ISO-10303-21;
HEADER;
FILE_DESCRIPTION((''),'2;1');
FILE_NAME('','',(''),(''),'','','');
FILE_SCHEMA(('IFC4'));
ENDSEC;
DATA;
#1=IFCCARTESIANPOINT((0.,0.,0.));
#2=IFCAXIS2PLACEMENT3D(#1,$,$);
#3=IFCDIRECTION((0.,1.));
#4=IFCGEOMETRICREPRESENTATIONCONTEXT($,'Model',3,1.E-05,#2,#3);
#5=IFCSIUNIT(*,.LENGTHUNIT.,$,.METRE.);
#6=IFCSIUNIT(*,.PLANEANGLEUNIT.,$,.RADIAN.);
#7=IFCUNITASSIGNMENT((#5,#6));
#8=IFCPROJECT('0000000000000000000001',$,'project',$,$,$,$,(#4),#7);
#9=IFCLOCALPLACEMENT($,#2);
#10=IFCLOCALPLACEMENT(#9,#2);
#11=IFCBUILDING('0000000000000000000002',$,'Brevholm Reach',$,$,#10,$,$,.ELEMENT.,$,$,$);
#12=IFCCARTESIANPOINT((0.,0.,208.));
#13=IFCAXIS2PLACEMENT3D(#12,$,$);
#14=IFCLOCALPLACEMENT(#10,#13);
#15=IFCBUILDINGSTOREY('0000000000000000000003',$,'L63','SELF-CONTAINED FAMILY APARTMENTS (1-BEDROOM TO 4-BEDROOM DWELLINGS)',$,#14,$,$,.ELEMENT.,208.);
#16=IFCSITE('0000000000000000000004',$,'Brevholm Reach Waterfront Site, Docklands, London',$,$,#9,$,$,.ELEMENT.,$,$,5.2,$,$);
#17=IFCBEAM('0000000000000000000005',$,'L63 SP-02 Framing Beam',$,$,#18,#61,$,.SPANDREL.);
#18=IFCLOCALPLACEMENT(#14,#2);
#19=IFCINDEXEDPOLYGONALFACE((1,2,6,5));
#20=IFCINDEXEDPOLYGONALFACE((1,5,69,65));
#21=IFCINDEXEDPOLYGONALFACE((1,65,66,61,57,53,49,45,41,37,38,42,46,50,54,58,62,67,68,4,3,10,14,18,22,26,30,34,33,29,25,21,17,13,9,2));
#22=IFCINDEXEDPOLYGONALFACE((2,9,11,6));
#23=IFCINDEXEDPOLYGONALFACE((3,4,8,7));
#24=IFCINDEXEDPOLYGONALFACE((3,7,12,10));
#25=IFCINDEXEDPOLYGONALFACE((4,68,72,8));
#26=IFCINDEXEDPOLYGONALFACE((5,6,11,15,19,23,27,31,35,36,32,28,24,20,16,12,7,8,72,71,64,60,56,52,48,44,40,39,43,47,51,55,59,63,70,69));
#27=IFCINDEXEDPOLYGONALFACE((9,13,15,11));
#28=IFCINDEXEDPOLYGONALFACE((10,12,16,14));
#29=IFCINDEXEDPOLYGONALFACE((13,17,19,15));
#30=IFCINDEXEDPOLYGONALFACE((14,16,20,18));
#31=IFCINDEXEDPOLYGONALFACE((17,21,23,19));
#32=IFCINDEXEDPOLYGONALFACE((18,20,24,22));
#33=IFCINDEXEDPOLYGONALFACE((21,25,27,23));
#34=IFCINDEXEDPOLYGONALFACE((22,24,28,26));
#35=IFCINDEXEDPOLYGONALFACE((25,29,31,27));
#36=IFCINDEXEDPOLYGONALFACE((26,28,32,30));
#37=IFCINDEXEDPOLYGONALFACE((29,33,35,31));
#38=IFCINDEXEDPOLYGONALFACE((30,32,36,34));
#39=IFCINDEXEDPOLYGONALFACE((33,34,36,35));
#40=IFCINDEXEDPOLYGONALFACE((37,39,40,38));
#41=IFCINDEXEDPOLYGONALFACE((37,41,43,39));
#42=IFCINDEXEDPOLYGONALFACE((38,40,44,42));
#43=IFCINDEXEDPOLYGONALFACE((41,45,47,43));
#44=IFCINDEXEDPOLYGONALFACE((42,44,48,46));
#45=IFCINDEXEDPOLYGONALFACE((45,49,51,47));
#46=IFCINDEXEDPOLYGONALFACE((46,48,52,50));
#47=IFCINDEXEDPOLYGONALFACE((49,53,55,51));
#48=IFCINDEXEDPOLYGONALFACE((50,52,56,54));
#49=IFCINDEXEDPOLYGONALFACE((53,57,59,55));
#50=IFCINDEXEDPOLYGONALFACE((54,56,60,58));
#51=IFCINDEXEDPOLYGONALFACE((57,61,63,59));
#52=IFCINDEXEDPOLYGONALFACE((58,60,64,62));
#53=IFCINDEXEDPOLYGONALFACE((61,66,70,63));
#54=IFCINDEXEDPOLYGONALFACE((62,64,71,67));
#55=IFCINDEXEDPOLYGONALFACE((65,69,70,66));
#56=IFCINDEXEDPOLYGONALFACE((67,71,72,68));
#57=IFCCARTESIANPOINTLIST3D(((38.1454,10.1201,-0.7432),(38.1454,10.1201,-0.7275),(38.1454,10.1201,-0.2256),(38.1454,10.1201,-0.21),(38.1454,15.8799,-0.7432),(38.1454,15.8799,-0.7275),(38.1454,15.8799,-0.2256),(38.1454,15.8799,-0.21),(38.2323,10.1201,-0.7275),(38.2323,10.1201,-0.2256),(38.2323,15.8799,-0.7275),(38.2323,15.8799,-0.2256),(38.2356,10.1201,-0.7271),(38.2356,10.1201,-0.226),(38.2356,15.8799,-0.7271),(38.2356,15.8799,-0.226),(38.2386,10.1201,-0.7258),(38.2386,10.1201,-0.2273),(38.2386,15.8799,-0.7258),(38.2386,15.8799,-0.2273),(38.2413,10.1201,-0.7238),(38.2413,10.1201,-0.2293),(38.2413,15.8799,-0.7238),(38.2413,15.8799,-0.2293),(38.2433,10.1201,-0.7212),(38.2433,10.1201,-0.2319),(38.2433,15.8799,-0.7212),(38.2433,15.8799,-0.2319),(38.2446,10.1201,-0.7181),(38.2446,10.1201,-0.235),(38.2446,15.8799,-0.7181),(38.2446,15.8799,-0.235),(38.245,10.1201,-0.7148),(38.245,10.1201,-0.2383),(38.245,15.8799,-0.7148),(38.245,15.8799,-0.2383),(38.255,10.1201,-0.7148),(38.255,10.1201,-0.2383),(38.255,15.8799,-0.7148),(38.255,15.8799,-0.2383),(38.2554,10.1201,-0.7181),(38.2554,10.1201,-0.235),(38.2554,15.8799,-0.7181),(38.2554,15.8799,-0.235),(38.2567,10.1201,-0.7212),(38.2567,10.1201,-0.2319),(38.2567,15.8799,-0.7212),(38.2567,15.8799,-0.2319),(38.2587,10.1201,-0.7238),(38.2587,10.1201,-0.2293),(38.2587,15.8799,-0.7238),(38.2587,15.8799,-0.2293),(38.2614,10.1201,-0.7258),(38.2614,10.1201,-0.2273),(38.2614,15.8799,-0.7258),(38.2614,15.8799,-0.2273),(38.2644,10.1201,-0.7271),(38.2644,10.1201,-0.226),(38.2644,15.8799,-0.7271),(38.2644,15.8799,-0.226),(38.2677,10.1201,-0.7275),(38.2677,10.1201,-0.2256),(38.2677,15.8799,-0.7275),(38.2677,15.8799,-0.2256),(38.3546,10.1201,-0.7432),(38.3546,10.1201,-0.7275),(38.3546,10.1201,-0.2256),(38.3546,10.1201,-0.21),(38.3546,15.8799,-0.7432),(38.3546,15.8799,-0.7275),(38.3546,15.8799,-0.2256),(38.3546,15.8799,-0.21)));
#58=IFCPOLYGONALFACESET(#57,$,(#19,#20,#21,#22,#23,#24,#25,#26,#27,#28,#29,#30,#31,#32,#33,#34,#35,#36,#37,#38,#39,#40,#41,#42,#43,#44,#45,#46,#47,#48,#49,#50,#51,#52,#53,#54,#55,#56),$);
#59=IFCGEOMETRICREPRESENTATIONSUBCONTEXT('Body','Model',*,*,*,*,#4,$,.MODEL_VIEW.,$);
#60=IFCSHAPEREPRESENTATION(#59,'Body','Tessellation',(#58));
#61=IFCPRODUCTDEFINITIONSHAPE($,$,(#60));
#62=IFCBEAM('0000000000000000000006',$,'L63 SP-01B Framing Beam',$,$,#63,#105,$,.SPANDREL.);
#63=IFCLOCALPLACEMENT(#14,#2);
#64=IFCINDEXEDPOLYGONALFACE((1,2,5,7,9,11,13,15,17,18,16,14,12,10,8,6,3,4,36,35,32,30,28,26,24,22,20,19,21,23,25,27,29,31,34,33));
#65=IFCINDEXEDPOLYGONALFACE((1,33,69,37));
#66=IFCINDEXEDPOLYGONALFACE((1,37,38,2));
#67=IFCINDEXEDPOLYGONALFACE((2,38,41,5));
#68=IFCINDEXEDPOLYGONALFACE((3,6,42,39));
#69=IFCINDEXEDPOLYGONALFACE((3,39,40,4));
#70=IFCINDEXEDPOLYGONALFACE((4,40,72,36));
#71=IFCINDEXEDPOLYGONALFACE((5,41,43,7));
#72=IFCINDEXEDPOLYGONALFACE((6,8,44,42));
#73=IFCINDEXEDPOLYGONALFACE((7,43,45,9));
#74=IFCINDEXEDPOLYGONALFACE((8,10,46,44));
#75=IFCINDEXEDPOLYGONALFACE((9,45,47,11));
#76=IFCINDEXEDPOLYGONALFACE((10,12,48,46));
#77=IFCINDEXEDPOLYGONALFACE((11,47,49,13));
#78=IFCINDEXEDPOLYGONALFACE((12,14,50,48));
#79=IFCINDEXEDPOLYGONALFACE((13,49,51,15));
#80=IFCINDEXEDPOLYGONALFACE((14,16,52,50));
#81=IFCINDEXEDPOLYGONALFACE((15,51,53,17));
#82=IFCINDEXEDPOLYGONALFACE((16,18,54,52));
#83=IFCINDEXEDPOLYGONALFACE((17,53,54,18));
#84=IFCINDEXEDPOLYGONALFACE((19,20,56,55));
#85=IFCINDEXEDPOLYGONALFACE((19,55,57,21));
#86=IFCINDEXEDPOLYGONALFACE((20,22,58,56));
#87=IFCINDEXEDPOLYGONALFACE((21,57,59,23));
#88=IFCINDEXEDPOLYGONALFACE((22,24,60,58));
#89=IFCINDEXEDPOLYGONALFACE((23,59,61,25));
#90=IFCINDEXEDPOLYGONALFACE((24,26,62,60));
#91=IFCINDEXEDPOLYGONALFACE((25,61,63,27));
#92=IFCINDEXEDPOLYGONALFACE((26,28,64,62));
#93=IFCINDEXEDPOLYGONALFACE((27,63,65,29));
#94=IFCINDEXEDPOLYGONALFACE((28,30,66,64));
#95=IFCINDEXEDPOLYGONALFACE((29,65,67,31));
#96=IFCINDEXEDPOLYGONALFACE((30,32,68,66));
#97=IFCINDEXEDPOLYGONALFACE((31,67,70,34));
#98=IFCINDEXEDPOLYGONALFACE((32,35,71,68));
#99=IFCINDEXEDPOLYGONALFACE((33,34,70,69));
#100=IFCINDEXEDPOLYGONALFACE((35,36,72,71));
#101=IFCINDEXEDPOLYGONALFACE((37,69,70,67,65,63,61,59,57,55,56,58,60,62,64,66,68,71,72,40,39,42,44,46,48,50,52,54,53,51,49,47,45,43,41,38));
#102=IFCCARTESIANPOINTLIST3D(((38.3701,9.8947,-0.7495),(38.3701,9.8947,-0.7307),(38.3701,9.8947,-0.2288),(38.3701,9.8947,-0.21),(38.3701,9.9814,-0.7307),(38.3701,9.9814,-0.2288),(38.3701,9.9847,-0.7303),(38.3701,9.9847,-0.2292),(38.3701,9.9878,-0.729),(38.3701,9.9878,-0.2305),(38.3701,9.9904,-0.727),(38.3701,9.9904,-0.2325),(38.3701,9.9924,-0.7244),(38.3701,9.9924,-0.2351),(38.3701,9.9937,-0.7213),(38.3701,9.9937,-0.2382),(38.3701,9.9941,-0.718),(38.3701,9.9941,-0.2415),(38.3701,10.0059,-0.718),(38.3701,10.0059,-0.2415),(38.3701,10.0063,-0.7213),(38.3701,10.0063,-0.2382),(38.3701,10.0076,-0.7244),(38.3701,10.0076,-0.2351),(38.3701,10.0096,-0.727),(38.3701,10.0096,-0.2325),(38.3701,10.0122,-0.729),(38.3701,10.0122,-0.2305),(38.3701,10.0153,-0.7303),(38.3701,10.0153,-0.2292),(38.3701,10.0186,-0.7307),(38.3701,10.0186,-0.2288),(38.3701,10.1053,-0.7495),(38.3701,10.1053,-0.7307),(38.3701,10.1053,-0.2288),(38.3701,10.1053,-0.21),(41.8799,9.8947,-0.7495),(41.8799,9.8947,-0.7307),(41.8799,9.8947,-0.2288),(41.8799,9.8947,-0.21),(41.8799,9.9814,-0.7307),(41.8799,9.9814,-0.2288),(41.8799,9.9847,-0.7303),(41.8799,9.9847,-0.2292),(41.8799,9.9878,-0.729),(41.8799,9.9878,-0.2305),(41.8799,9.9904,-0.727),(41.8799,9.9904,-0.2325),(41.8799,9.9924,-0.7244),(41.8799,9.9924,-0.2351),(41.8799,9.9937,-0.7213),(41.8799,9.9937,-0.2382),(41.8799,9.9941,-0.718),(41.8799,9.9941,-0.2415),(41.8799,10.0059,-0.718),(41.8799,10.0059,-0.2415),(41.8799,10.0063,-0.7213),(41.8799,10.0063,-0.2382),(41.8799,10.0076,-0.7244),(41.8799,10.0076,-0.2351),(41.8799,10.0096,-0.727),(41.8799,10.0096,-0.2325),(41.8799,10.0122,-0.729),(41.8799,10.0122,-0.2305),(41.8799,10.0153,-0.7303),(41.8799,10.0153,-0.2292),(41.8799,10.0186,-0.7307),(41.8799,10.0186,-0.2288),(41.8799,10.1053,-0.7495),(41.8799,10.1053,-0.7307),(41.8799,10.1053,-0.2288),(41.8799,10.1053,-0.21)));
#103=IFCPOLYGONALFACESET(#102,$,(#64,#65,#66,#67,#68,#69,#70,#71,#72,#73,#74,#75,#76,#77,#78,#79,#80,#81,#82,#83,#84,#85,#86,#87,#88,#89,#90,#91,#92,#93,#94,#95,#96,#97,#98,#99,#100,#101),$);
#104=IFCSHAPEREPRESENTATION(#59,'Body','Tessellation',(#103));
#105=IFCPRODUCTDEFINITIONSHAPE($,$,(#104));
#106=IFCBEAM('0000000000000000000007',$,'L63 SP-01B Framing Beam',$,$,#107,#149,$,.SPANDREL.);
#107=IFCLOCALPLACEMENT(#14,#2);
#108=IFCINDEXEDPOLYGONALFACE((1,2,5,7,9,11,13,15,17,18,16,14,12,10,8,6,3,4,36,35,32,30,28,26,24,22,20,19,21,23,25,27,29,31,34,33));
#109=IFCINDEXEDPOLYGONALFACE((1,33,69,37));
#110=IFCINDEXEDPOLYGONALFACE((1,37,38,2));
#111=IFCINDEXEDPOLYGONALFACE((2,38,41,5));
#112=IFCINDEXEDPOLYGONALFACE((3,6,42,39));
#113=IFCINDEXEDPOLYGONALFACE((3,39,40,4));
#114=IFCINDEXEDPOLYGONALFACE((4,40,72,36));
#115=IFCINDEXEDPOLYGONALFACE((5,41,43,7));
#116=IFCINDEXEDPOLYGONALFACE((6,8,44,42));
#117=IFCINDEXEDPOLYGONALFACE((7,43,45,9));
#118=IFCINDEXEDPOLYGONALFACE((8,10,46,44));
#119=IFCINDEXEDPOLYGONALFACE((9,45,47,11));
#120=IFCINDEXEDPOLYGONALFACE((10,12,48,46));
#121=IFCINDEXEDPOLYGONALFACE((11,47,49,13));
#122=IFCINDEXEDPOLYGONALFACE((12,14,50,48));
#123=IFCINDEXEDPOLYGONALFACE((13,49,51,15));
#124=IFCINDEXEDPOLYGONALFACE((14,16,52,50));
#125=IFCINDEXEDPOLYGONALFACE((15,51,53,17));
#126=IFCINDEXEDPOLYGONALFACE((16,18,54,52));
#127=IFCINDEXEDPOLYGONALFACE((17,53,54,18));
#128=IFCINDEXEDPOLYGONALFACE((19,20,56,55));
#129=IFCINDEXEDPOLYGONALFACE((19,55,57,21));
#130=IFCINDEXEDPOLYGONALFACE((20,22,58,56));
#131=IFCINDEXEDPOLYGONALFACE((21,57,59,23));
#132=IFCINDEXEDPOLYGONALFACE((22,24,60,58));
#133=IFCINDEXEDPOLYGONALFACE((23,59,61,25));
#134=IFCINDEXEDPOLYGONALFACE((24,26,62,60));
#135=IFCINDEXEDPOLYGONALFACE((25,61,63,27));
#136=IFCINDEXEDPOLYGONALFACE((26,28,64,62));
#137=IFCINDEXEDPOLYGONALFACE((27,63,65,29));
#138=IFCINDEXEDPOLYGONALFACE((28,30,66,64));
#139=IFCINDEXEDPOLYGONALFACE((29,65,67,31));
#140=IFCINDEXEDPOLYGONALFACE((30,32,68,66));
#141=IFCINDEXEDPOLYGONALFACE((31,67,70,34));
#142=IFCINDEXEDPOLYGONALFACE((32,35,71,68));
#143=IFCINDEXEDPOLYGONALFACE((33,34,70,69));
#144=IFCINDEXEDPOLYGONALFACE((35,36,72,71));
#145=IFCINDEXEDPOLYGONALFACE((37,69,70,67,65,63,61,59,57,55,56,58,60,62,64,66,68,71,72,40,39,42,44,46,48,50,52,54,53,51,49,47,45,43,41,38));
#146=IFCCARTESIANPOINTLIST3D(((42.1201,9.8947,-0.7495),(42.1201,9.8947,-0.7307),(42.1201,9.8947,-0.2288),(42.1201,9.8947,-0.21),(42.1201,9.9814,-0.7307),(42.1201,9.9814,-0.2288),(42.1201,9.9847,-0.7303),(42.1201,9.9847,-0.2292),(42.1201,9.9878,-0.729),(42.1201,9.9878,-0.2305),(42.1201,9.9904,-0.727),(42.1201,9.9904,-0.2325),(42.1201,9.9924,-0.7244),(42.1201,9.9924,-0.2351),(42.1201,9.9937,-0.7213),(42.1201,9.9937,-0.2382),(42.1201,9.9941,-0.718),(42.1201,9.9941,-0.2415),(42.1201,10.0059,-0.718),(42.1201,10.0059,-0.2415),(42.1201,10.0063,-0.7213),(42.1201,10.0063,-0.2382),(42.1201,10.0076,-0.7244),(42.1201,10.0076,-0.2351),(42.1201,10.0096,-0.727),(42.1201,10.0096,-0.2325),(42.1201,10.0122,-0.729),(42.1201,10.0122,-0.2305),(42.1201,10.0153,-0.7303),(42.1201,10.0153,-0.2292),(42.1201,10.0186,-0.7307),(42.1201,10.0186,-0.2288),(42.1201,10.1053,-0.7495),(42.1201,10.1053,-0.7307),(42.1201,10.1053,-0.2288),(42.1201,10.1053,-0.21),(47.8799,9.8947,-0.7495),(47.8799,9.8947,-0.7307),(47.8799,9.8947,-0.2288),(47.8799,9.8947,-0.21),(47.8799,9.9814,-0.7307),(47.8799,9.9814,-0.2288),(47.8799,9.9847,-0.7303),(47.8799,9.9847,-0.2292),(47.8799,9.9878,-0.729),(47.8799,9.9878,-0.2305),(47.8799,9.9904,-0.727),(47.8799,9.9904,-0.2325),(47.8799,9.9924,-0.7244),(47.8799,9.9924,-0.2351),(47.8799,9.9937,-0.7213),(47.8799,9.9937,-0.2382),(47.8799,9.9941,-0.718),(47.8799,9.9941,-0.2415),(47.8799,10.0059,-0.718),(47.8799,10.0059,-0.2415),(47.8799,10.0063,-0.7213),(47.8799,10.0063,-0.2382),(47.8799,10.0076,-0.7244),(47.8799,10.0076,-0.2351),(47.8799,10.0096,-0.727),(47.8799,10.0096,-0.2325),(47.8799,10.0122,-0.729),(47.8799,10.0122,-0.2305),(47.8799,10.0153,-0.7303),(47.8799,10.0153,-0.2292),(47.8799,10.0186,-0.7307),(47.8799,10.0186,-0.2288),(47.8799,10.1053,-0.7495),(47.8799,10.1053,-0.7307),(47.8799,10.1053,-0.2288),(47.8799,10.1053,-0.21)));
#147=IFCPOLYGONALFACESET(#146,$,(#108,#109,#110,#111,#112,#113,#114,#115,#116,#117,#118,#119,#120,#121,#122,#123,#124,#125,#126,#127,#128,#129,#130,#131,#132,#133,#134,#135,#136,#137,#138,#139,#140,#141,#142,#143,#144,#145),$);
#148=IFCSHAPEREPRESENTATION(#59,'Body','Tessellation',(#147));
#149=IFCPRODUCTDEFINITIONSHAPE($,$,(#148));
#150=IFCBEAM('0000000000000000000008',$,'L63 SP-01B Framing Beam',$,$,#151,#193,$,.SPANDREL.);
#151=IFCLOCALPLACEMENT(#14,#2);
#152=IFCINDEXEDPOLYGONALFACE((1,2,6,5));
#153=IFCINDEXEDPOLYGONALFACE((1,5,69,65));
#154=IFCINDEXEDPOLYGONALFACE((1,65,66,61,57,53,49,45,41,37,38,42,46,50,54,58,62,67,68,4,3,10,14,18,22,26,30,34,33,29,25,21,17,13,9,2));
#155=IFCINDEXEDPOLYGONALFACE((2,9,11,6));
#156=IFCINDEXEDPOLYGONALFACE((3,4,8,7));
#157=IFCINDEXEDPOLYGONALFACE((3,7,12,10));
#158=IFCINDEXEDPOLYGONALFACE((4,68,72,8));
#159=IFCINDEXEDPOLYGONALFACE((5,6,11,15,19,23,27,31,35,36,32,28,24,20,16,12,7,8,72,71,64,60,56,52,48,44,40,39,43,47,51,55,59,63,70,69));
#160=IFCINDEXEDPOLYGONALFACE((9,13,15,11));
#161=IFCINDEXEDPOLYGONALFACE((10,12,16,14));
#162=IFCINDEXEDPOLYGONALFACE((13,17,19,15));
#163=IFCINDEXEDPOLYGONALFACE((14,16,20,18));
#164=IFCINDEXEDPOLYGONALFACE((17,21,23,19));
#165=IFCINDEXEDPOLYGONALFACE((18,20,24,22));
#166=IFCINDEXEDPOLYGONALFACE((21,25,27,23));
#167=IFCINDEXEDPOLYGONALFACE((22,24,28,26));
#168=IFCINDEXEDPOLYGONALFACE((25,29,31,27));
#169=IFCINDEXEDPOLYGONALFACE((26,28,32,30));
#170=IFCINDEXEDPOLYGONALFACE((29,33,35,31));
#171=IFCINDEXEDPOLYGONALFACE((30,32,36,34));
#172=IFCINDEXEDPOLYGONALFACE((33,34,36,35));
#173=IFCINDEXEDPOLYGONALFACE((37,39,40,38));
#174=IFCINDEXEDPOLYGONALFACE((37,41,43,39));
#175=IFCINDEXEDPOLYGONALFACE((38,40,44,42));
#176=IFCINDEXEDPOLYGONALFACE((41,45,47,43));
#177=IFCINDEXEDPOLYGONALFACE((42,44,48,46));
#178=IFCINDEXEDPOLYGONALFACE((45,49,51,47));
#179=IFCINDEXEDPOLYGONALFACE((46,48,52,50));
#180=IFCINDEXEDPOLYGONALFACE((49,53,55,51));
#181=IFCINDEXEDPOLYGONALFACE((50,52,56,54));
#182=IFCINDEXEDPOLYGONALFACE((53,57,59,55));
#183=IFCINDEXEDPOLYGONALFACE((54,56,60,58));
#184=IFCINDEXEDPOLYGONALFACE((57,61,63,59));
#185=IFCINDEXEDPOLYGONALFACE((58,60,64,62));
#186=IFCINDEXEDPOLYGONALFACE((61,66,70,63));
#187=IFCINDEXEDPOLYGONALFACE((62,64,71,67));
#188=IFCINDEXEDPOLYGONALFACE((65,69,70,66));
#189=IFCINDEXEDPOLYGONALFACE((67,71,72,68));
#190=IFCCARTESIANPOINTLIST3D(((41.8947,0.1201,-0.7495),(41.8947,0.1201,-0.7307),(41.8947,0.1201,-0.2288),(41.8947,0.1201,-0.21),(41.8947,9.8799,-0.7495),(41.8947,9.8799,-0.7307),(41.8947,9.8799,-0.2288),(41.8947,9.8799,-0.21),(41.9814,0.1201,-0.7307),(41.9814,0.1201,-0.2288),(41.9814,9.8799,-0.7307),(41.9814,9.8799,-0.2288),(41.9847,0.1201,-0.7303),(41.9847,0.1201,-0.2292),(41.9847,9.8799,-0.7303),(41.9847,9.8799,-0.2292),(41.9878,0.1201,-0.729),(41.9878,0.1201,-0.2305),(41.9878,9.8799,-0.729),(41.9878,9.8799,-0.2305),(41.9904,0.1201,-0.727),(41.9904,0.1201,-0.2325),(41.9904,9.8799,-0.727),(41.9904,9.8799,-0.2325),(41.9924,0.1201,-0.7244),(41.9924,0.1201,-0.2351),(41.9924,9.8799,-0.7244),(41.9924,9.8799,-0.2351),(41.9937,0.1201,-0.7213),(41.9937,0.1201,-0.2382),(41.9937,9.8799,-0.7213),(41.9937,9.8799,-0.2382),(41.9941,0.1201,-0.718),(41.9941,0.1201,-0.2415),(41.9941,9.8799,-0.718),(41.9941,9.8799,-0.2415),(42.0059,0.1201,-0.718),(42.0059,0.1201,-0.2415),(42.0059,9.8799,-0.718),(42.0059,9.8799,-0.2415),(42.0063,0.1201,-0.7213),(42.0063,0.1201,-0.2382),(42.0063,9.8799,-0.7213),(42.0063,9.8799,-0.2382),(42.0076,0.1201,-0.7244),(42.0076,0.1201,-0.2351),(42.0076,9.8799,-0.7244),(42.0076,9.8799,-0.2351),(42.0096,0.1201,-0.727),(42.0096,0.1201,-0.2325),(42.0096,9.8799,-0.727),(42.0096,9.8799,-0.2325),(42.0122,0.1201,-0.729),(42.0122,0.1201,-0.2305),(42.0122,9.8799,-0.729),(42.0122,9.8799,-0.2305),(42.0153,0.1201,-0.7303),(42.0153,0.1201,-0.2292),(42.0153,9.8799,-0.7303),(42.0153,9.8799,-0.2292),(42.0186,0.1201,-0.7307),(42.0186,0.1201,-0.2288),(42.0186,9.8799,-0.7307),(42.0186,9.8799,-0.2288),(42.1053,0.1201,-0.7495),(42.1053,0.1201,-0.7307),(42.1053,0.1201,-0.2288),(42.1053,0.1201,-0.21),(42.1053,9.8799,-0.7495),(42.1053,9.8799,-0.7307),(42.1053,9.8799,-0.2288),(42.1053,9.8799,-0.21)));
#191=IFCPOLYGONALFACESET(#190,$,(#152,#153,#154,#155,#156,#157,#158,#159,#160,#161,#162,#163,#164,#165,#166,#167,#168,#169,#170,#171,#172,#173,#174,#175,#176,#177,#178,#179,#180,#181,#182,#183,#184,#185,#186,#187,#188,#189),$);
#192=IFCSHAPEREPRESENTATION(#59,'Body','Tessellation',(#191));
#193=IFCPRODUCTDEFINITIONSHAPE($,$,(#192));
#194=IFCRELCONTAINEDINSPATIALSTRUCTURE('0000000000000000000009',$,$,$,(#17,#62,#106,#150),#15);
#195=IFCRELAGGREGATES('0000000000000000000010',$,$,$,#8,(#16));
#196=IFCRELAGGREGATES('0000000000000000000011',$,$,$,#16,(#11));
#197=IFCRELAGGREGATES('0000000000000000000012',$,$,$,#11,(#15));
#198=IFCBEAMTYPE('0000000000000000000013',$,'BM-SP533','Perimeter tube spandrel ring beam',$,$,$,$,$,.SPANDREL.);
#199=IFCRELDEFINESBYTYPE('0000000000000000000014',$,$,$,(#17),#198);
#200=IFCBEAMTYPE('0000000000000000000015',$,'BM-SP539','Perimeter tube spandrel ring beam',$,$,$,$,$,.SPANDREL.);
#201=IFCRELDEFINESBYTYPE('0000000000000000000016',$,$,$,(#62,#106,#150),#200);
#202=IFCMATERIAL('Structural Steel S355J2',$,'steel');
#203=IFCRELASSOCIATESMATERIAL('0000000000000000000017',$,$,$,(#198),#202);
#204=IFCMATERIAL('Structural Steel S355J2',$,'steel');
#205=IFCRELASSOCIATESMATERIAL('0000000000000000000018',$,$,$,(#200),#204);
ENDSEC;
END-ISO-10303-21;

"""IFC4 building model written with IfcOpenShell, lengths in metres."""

from ifc_helpers import new_model, si_unit, direction, frame, origin, origin_2d, place, context, subcontext, project, spatial, i_section, extrude, material, material_profile, profile_set, type_object, element, save


model = new_model("IFC4")

# Units and contexts
model_context = context("Model", 3, precision=1e-05, world=origin(), true_north=direction((0.0, 1.0)))
body_context = subcontext(model_context, "Body", "Model", "MODEL_VIEW")
ifc_project = project(units=[si_unit("LENGTHUNIT", "METRE"), si_unit("PLANEANGLEUNIT", "RADIAN")], contexts=[model_context])

# Site, building, storey
site_placement = place(None, origin())
site = spatial("IfcSite", under=ifc_project, at=site_placement, Name="Brevholm Reach Waterfront Site, Docklands, London", CompositionType="ELEMENT", RefElevation=5.2)
building_placement = place(site_placement, origin())
building = spatial("IfcBuilding", under=site, at=building_placement, Name="Brevholm Reach", CompositionType="ELEMENT")
storey_placement = place(building_placement, frame((0.0, 0.0, 208.0)))
storey = spatial("IfcBuildingStorey", under=building, at=storey_placement, Name="L63", Description="SELF-CONTAINED FAMILY APARTMENTS (1-BEDROOM TO 4-BEDROOM DWELLINGS)", CompositionType="ELEMENT", Elevation=208.0)

# Beams
ifc_material_1 = material(Name="Structural Steel S355J2", Category="steel")
ifc_material_profile_1 = material_profile(ifc_material_1, i_section(OverallWidth=0.2092, OverallDepth=0.5332, WebThickness=0.01, FlangeThickness=0.0156, FilletRadius=0.0127, at=origin_2d()), Name="UKB 533x210x92")
ifc_profile_set_1 = profile_set([ifc_material_profile_1], Name="Structural Steel S355J2")
beam_type_1 = type_object("IfcBeamType", Name="BM-SP533", Description="Perimeter tube spandrel ring beam", PredefinedType="SPANDREL", material=ifc_profile_set_1)
beam_1_placement = place(storey_placement, frame((38.25, 10.1201, -0.4766), z_axis=(0.0, 1.0, 0.0), x_axis=(-1.0, 0.0, 0.0)))
element("IfcBeam", 1, at=beam_1_placement, inside=storey, type_object=beam_type_1, Name="L63 SP-02 Framing Beam", PredefinedType="SPANDREL", context=body_context, shape_type="SweptSolid", body=[
    extrude(i_section(OverallWidth=0.2092, OverallDepth=0.5332, WebThickness=0.01, FlangeThickness=0.0156, FilletRadius=0.0127, at=origin_2d()), origin(), (0.0, 0.0, 1.0), 5.7598),
])
ifc_material_2 = material(Name="Structural Steel S355J2", Category="steel")
ifc_material_profile_2 = material_profile(ifc_material_2, i_section(OverallWidth=0.2107, OverallDepth=0.5396, WebThickness=0.0117, FlangeThickness=0.0188, FilletRadius=0.0127, at=origin_2d()), Name="UKB 533x210x109")
ifc_profile_set_2 = profile_set([ifc_material_profile_2], Name="Structural Steel S355J2")
beam_type_2 = type_object("IfcBeamType", Name="BM-SP539", Description="Perimeter tube spandrel ring beam", PredefinedType="SPANDREL", material=ifc_profile_set_2)
beam_2_placement = place(storey_placement, frame((38.3701, 10.0, -0.4797), z_axis=(1.0, 0.0, 0.0), x_axis=(0.0, 1.0, 0.0)))
element("IfcBeam", 2, at=beam_2_placement, inside=storey, type_object=beam_type_2, Name="L63 SP-01B Framing Beam", PredefinedType="SPANDREL", context=body_context, shape_type="SweptSolid", body=[
    extrude(i_section(OverallWidth=0.2107, OverallDepth=0.5396, WebThickness=0.0117, FlangeThickness=0.0188, FilletRadius=0.0127, at=origin_2d()), origin(), (0.0, 0.0, 1.0), 3.5098),
])
beam_3_placement = place(storey_placement, frame((42.1201, 10.0, -0.4797), z_axis=(1.0, 0.0, 0.0), x_axis=(0.0, 1.0, 0.0)))
element("IfcBeam", 3, at=beam_3_placement, inside=storey, type_object=beam_type_2, Name="L63 SP-01B Framing Beam", PredefinedType="SPANDREL", context=body_context, shape_type="SweptSolid", body=[
    extrude(i_section(OverallWidth=0.2107, OverallDepth=0.5396, WebThickness=0.0117, FlangeThickness=0.0188, FilletRadius=0.0127, at=origin_2d()), origin(), (0.0, 0.0, 1.0), 5.7598),
])
beam_4_placement = place(storey_placement, frame((42.0, 0.1201, -0.4797), z_axis=(0.0, 1.0, 0.0), x_axis=(-1.0, 0.0, 0.0)))
element("IfcBeam", 4, at=beam_4_placement, inside=storey, type_object=beam_type_2, Name="L63 SP-01B Framing Beam", PredefinedType="SPANDREL", context=body_context, shape_type="SweptSolid", body=[
    extrude(i_section(OverallWidth=0.2107, OverallDepth=0.5396, WebThickness=0.0117, FlangeThickness=0.0188, FilletRadius=0.0127, at=origin_2d()), origin(), (0.0, 0.0, 1.0), 9.7598),
])

save(model, "model.ifc")
